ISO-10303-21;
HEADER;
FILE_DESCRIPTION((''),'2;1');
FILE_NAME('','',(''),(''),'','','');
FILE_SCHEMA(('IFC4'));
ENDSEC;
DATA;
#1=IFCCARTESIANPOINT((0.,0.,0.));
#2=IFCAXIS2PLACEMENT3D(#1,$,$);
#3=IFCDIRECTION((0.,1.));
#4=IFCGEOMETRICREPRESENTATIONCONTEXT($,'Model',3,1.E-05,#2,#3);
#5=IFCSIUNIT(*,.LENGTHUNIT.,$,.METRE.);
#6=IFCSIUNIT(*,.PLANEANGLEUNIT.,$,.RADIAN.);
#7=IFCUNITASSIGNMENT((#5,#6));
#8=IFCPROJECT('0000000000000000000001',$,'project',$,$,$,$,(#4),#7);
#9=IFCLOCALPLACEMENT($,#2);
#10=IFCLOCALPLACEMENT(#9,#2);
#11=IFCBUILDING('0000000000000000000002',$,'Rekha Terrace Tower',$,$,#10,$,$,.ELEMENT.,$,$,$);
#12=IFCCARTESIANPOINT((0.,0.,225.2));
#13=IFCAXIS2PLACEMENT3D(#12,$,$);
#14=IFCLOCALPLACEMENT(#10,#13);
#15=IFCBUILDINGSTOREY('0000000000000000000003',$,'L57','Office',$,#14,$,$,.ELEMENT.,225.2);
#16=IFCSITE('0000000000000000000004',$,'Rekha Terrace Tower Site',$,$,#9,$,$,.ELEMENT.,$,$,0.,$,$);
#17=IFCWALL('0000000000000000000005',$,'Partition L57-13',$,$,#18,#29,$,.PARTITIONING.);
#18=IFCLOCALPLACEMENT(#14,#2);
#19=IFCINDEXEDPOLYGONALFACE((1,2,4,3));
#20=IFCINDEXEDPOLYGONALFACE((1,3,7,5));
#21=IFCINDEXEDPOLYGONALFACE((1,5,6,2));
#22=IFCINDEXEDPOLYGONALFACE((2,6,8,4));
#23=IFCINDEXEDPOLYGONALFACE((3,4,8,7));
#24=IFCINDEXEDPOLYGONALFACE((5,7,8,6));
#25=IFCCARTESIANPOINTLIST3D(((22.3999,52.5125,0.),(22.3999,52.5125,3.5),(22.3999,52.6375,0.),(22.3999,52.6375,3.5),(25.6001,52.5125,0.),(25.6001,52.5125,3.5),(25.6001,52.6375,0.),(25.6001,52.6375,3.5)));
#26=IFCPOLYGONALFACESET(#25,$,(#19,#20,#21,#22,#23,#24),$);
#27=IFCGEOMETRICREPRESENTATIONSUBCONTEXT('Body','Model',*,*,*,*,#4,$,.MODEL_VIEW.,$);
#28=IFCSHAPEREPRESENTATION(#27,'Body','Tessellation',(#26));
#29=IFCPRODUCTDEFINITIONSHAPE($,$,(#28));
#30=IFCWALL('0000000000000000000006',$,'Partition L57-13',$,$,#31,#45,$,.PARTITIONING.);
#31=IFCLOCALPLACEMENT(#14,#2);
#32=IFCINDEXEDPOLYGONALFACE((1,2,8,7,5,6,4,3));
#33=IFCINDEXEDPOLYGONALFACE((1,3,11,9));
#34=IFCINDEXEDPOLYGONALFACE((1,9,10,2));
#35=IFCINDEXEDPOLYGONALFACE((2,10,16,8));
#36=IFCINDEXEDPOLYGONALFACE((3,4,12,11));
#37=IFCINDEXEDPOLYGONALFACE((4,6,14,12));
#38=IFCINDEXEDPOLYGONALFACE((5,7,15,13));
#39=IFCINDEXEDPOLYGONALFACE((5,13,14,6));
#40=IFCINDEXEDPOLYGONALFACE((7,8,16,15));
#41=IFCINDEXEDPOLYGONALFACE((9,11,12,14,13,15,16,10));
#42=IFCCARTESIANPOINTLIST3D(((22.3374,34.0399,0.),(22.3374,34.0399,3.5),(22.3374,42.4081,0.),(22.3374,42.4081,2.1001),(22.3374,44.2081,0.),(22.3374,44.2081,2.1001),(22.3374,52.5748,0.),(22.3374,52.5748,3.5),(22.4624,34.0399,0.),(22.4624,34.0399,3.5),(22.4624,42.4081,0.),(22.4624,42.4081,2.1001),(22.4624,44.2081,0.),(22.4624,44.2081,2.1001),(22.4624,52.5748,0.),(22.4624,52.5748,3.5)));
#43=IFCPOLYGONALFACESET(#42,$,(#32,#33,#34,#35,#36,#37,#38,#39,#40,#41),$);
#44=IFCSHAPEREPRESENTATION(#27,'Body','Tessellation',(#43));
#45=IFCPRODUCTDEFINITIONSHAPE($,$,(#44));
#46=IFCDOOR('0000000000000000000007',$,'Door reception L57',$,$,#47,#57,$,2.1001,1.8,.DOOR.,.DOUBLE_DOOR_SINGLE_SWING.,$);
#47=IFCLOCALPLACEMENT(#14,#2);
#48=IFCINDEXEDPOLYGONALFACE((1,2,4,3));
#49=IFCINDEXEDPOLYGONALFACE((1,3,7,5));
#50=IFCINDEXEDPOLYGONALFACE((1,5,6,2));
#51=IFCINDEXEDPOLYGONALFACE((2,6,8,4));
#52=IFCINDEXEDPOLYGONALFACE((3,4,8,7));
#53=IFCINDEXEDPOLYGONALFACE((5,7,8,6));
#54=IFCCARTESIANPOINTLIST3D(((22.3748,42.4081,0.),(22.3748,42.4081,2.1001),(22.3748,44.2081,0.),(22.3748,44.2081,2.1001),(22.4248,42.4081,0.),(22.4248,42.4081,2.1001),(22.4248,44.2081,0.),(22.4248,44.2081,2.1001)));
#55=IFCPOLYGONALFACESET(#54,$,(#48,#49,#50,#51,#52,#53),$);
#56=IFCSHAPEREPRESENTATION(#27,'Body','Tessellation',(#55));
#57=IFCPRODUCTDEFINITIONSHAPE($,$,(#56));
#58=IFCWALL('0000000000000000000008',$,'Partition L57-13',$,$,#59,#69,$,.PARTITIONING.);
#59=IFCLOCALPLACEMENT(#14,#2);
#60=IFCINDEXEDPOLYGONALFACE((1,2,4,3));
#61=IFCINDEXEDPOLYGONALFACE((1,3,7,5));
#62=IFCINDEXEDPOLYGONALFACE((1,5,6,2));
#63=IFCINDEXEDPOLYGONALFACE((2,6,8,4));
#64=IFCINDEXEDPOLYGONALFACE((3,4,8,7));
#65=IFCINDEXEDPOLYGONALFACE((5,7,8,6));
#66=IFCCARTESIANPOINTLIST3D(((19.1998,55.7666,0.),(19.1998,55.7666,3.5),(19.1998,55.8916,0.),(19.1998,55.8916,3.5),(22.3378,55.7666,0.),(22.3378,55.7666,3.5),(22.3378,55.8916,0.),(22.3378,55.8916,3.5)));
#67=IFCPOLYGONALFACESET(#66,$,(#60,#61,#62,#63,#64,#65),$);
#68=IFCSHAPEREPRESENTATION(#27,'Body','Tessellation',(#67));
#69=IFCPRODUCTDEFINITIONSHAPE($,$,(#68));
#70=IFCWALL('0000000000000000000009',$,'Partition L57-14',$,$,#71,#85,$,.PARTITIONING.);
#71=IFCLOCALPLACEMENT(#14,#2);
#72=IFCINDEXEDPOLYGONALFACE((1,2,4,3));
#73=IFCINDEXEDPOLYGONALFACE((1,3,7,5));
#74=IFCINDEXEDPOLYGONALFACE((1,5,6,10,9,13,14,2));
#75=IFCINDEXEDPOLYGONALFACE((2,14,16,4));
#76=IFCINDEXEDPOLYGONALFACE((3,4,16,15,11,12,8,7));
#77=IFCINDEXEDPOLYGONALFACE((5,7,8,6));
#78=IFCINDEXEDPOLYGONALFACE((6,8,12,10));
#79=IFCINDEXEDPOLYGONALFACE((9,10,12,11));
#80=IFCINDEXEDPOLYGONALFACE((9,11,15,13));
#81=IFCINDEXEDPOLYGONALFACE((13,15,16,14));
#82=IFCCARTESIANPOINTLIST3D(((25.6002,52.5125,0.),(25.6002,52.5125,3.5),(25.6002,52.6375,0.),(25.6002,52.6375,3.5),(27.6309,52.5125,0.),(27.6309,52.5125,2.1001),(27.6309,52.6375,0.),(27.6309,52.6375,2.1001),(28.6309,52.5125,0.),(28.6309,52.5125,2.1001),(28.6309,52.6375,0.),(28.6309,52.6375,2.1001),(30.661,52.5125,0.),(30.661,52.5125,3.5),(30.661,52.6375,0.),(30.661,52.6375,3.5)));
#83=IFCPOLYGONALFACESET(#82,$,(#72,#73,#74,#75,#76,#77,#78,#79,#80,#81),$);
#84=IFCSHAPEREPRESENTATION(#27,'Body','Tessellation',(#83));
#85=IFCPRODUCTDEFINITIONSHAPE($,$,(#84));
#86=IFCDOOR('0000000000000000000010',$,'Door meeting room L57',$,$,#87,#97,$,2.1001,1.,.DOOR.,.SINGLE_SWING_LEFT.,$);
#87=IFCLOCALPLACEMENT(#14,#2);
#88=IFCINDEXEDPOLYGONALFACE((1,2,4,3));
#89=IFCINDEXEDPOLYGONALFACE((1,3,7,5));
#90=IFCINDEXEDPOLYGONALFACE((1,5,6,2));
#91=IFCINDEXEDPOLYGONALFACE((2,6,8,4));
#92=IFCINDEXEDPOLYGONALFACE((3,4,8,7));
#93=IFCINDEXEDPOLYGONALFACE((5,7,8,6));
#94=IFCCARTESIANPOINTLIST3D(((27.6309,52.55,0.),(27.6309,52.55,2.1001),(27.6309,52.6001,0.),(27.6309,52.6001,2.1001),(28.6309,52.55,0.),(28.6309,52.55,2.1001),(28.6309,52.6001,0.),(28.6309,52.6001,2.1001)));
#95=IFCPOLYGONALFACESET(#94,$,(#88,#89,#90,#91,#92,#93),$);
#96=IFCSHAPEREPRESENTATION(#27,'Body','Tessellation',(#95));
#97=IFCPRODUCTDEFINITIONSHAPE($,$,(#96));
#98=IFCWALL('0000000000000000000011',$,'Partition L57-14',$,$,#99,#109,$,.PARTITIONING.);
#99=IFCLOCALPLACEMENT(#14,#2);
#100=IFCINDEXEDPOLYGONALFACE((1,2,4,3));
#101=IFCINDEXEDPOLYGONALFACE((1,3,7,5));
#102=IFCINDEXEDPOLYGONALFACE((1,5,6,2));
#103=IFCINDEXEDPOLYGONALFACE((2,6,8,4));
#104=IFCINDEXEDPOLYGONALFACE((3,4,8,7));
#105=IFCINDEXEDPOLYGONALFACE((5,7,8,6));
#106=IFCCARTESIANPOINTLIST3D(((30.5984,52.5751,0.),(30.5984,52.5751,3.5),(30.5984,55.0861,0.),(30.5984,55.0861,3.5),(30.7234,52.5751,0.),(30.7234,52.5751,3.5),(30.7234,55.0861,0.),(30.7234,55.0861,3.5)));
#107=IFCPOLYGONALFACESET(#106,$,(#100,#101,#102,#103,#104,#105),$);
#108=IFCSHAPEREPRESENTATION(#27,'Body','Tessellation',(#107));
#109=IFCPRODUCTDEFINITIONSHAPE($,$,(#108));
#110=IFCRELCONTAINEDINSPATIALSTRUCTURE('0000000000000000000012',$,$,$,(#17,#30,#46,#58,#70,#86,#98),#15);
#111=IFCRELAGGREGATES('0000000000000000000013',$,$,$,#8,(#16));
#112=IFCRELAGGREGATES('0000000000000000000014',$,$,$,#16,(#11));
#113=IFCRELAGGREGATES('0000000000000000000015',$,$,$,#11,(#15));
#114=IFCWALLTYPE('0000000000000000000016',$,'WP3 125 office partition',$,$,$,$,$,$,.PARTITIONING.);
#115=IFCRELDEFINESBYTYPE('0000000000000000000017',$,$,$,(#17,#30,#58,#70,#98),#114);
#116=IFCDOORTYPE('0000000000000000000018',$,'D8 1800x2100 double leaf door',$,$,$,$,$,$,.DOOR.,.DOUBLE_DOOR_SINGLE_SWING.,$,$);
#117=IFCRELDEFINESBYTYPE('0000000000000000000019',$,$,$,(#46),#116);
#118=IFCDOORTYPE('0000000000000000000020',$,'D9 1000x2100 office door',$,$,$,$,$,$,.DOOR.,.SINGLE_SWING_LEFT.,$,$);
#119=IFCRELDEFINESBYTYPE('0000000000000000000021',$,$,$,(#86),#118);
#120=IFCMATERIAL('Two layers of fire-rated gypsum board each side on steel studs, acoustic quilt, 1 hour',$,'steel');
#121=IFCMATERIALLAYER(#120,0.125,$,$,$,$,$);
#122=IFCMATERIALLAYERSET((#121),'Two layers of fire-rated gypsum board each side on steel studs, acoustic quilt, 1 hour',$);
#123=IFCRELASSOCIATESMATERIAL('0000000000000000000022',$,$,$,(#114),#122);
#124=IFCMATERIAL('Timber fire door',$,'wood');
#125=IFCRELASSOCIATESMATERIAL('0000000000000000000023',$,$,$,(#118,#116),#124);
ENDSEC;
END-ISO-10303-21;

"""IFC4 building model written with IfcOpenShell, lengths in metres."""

from ifc_helpers import new_model, si_unit, direction, frame, frame_2d, origin, place, context, subcontext, project, spatial, rectangle, extrude, material, layer, layer_set, type_object, element, fill, save


model = new_model("IFC4")

# Units and contexts
model_context = context("Model", 3, precision=1e-05, world=origin(), true_north=direction((0.0, 1.0)))
body_context = subcontext(model_context, "Body", "Model", "MODEL_VIEW")
ifc_project = project(units=[si_unit("LENGTHUNIT", "METRE"), si_unit("PLANEANGLEUNIT", "RADIAN")], contexts=[model_context])

# Site, building, storey
site_placement = place(None, origin())
site = spatial("IfcSite", under=ifc_project, at=site_placement, Name="Rekha Terrace Tower Site", CompositionType="ELEMENT", RefElevation=0.0)
building_placement = place(site_placement, origin())
building = spatial("IfcBuilding", under=site, at=building_placement, Name="Rekha Terrace Tower", CompositionType="ELEMENT")
storey_placement = place(building_placement, frame((0.0, 0.0, 225.2)))
storey = spatial("IfcBuildingStorey", under=building, at=storey_placement, Name="L57", Description="Office", CompositionType="ELEMENT", Elevation=225.2)

# Shared definitions
ifc_material_1 = material(Name="Two layers of fire-rated gypsum board each side on steel studs, acoustic quilt, 1 hour", Category="steel")
ifc_layer_1 = layer(ifc_material_1, 0.125)
ifc_layer_set_1 = layer_set([ifc_layer_1], Name="Two layers of fire-rated gypsum board each side on steel studs, acoustic quilt, 1 hour")
wall_type_1 = type_object("IfcWallType", Name="WP3 125 office partition", PredefinedType="PARTITIONING", material=ifc_layer_set_1)

# Shared definitions
ifc_material_2 = material(Name="Timber fire door", Category="wood")
door_type_1 = type_object("IfcDoorType", Name="D9 1000x2100 office door", OperationType="SINGLE_SWING_LEFT", PredefinedType="DOOR", material=ifc_material_2)

# Wall
wall_1_placement = place(storey_placement, frame((25.6001, 52.575, 0.0), z_axis=(0.0, 0.0, 1.0), x_axis=(-1.0, 0.0, 0.0)))
element("IfcWall", 1, at=wall_1_placement, inside=storey, type_object=wall_type_1, Name="Partition L57-13", PredefinedType="PARTITIONING", context=body_context, shape_type="SweptSolid", body=[
    extrude(rectangle(XDim=3.2002, YDim=0.125, at=frame_2d((1.6001, 0.0))), origin(), (0.0, 0.0, 1.0), 3.5),
])

# Wall, opening, door
wall_2_placement = place(storey_placement, frame((22.3999, 52.575, 0.0), z_axis=(0.0, 0.0, 1.0), x_axis=(0.0, -1.0, 0.0)))
wall_2 = element("IfcWall", 2, at=wall_2_placement, inside=storey, type_object=wall_type_1, Name="Partition L57-13", PredefinedType="PARTITIONING", context=body_context, shape_type="SweptSolid", body=[
    extrude(rectangle(XDim=18.5349, YDim=0.125, at=frame_2d((9.2676, 0.0))), origin(), (0.0, 0.0, 1.0), 3.5),
])
opening_1_placement = place(wall_2_placement, frame((8.3669, 0.0, 0.0)))
opening_1 = element("IfcOpeningElement", 3, at=opening_1_placement, cuts=wall_2, PredefinedType="OPENING", context=body_context, shape_type="SweptSolid", body=[
    extrude(rectangle(XDim=1.8, YDim=2.1001, at=frame_2d((0.8999, 1.05))), frame((0.0, 0.0725, 0.0), z_axis=(0.0, -1.0, 0.0), x_axis=(1.0, 0.0, 0.0)), (0.0, 0.0, 1.0), 0.145),
])
door_type_2 = type_object("IfcDoorType", Name="D8 1800x2100 double leaf door", OperationType="DOUBLE_DOOR_SINGLE_SWING", PredefinedType="DOOR", material=ifc_material_2)
door_1_placement = place(opening_1_placement, origin())
door_1 = element("IfcDoor", 4, at=door_1_placement, inside=storey, type_object=door_type_2, Name="Door reception L57", OperationType="DOUBLE_DOOR_SINGLE_SWING", OverallHeight=2.1001, OverallWidth=1.8, PredefinedType="DOOR", context=body_context, shape_type="SweptSolid", body=[
    extrude(rectangle(XDim=1.8, YDim=2.1001, at=frame_2d((0.8999, 1.05))), frame((0.0, 0.0249, 0.0), z_axis=(0.0, -1.0, 0.0), x_axis=(1.0, 0.0, 0.0)), (0.0, 0.0, 1.0), 0.05),
])
fill(opening_1, door_1)

# Wall
wall_3_placement = place(storey_placement, frame((19.2, 55.8291, 0.0), z_axis=(0.0, 0.0, 1.0), x_axis=(1.0, 0.0, 0.0)))
element("IfcWall", 5, at=wall_3_placement, inside=storey, type_object=wall_type_1, Name="Partition L57-13", PredefinedType="PARTITIONING", context=body_context, shape_type="SweptSolid", body=[
    extrude(rectangle(XDim=3.1379, YDim=0.125, at=frame_2d((1.5688, 0.0))), origin(), (0.0, 0.0, 1.0), 3.5),
])

# Wall, opening, door
wall_4_placement = place(storey_placement, frame((30.6609, 52.575, 0.0), z_axis=(0.0, 0.0, 1.0), x_axis=(-1.0, 0.0, 0.0)))
wall_4 = element("IfcWall", 6, at=wall_4_placement, inside=storey, type_object=wall_type_1, Name="Partition L57-14", PredefinedType="PARTITIONING", context=body_context, shape_type="SweptSolid", body=[
    extrude(rectangle(XDim=5.0608, YDim=0.125, at=frame_2d((2.5303, 0.0))), origin(), (0.0, 0.0, 1.0), 3.5),
])
opening_2_placement = place(wall_4_placement, frame((2.03, 0.0, 0.0)))
opening_2 = element("IfcOpeningElement", 7, at=opening_2_placement, cuts=wall_4, PredefinedType="OPENING", context=body_context, shape_type="SweptSolid", body=[
    extrude(rectangle(XDim=1.0, YDim=2.1001, at=frame_2d((0.5, 1.05))), frame((0.0, 0.0725, 0.0), z_axis=(0.0, -1.0, 0.0), x_axis=(1.0, 0.0, 0.0)), (0.0, 0.0, 1.0), 0.145),
])
door_2_placement = place(opening_2_placement, origin())
door_2 = element("IfcDoor", 8, at=door_2_placement, inside=storey, type_object=door_type_1, Name="Door meeting room L57", OperationType="SINGLE_SWING_LEFT", OverallHeight=2.1001, OverallWidth=1.0, PredefinedType="DOOR", context=body_context, shape_type="SweptSolid", body=[
    extrude(rectangle(XDim=1.0, YDim=2.1001, at=frame_2d((0.5, 1.05))), frame((0.0, 0.0249, 0.0), z_axis=(0.0, -1.0, 0.0), x_axis=(1.0, 0.0, 0.0)), (0.0, 0.0, 1.0), 0.05),
])
fill(opening_2, door_2)

# Wall
wall_5_placement = place(storey_placement, frame((30.6609, 55.0859, 0.0), z_axis=(0.0, 0.0, 1.0), x_axis=(0.0, -1.0, 0.0)))
element("IfcWall", 9, at=wall_5_placement, inside=storey, type_object=wall_type_1, Name="Partition L57-14", PredefinedType="PARTITIONING", context=body_context, shape_type="SweptSolid", body=[
    extrude(rectangle(XDim=2.511, YDim=0.125, at=frame_2d((1.2554, 0.0))), origin(), (0.0, 0.0, 1.0), 3.5),
])

save(model, "model.ifc")
